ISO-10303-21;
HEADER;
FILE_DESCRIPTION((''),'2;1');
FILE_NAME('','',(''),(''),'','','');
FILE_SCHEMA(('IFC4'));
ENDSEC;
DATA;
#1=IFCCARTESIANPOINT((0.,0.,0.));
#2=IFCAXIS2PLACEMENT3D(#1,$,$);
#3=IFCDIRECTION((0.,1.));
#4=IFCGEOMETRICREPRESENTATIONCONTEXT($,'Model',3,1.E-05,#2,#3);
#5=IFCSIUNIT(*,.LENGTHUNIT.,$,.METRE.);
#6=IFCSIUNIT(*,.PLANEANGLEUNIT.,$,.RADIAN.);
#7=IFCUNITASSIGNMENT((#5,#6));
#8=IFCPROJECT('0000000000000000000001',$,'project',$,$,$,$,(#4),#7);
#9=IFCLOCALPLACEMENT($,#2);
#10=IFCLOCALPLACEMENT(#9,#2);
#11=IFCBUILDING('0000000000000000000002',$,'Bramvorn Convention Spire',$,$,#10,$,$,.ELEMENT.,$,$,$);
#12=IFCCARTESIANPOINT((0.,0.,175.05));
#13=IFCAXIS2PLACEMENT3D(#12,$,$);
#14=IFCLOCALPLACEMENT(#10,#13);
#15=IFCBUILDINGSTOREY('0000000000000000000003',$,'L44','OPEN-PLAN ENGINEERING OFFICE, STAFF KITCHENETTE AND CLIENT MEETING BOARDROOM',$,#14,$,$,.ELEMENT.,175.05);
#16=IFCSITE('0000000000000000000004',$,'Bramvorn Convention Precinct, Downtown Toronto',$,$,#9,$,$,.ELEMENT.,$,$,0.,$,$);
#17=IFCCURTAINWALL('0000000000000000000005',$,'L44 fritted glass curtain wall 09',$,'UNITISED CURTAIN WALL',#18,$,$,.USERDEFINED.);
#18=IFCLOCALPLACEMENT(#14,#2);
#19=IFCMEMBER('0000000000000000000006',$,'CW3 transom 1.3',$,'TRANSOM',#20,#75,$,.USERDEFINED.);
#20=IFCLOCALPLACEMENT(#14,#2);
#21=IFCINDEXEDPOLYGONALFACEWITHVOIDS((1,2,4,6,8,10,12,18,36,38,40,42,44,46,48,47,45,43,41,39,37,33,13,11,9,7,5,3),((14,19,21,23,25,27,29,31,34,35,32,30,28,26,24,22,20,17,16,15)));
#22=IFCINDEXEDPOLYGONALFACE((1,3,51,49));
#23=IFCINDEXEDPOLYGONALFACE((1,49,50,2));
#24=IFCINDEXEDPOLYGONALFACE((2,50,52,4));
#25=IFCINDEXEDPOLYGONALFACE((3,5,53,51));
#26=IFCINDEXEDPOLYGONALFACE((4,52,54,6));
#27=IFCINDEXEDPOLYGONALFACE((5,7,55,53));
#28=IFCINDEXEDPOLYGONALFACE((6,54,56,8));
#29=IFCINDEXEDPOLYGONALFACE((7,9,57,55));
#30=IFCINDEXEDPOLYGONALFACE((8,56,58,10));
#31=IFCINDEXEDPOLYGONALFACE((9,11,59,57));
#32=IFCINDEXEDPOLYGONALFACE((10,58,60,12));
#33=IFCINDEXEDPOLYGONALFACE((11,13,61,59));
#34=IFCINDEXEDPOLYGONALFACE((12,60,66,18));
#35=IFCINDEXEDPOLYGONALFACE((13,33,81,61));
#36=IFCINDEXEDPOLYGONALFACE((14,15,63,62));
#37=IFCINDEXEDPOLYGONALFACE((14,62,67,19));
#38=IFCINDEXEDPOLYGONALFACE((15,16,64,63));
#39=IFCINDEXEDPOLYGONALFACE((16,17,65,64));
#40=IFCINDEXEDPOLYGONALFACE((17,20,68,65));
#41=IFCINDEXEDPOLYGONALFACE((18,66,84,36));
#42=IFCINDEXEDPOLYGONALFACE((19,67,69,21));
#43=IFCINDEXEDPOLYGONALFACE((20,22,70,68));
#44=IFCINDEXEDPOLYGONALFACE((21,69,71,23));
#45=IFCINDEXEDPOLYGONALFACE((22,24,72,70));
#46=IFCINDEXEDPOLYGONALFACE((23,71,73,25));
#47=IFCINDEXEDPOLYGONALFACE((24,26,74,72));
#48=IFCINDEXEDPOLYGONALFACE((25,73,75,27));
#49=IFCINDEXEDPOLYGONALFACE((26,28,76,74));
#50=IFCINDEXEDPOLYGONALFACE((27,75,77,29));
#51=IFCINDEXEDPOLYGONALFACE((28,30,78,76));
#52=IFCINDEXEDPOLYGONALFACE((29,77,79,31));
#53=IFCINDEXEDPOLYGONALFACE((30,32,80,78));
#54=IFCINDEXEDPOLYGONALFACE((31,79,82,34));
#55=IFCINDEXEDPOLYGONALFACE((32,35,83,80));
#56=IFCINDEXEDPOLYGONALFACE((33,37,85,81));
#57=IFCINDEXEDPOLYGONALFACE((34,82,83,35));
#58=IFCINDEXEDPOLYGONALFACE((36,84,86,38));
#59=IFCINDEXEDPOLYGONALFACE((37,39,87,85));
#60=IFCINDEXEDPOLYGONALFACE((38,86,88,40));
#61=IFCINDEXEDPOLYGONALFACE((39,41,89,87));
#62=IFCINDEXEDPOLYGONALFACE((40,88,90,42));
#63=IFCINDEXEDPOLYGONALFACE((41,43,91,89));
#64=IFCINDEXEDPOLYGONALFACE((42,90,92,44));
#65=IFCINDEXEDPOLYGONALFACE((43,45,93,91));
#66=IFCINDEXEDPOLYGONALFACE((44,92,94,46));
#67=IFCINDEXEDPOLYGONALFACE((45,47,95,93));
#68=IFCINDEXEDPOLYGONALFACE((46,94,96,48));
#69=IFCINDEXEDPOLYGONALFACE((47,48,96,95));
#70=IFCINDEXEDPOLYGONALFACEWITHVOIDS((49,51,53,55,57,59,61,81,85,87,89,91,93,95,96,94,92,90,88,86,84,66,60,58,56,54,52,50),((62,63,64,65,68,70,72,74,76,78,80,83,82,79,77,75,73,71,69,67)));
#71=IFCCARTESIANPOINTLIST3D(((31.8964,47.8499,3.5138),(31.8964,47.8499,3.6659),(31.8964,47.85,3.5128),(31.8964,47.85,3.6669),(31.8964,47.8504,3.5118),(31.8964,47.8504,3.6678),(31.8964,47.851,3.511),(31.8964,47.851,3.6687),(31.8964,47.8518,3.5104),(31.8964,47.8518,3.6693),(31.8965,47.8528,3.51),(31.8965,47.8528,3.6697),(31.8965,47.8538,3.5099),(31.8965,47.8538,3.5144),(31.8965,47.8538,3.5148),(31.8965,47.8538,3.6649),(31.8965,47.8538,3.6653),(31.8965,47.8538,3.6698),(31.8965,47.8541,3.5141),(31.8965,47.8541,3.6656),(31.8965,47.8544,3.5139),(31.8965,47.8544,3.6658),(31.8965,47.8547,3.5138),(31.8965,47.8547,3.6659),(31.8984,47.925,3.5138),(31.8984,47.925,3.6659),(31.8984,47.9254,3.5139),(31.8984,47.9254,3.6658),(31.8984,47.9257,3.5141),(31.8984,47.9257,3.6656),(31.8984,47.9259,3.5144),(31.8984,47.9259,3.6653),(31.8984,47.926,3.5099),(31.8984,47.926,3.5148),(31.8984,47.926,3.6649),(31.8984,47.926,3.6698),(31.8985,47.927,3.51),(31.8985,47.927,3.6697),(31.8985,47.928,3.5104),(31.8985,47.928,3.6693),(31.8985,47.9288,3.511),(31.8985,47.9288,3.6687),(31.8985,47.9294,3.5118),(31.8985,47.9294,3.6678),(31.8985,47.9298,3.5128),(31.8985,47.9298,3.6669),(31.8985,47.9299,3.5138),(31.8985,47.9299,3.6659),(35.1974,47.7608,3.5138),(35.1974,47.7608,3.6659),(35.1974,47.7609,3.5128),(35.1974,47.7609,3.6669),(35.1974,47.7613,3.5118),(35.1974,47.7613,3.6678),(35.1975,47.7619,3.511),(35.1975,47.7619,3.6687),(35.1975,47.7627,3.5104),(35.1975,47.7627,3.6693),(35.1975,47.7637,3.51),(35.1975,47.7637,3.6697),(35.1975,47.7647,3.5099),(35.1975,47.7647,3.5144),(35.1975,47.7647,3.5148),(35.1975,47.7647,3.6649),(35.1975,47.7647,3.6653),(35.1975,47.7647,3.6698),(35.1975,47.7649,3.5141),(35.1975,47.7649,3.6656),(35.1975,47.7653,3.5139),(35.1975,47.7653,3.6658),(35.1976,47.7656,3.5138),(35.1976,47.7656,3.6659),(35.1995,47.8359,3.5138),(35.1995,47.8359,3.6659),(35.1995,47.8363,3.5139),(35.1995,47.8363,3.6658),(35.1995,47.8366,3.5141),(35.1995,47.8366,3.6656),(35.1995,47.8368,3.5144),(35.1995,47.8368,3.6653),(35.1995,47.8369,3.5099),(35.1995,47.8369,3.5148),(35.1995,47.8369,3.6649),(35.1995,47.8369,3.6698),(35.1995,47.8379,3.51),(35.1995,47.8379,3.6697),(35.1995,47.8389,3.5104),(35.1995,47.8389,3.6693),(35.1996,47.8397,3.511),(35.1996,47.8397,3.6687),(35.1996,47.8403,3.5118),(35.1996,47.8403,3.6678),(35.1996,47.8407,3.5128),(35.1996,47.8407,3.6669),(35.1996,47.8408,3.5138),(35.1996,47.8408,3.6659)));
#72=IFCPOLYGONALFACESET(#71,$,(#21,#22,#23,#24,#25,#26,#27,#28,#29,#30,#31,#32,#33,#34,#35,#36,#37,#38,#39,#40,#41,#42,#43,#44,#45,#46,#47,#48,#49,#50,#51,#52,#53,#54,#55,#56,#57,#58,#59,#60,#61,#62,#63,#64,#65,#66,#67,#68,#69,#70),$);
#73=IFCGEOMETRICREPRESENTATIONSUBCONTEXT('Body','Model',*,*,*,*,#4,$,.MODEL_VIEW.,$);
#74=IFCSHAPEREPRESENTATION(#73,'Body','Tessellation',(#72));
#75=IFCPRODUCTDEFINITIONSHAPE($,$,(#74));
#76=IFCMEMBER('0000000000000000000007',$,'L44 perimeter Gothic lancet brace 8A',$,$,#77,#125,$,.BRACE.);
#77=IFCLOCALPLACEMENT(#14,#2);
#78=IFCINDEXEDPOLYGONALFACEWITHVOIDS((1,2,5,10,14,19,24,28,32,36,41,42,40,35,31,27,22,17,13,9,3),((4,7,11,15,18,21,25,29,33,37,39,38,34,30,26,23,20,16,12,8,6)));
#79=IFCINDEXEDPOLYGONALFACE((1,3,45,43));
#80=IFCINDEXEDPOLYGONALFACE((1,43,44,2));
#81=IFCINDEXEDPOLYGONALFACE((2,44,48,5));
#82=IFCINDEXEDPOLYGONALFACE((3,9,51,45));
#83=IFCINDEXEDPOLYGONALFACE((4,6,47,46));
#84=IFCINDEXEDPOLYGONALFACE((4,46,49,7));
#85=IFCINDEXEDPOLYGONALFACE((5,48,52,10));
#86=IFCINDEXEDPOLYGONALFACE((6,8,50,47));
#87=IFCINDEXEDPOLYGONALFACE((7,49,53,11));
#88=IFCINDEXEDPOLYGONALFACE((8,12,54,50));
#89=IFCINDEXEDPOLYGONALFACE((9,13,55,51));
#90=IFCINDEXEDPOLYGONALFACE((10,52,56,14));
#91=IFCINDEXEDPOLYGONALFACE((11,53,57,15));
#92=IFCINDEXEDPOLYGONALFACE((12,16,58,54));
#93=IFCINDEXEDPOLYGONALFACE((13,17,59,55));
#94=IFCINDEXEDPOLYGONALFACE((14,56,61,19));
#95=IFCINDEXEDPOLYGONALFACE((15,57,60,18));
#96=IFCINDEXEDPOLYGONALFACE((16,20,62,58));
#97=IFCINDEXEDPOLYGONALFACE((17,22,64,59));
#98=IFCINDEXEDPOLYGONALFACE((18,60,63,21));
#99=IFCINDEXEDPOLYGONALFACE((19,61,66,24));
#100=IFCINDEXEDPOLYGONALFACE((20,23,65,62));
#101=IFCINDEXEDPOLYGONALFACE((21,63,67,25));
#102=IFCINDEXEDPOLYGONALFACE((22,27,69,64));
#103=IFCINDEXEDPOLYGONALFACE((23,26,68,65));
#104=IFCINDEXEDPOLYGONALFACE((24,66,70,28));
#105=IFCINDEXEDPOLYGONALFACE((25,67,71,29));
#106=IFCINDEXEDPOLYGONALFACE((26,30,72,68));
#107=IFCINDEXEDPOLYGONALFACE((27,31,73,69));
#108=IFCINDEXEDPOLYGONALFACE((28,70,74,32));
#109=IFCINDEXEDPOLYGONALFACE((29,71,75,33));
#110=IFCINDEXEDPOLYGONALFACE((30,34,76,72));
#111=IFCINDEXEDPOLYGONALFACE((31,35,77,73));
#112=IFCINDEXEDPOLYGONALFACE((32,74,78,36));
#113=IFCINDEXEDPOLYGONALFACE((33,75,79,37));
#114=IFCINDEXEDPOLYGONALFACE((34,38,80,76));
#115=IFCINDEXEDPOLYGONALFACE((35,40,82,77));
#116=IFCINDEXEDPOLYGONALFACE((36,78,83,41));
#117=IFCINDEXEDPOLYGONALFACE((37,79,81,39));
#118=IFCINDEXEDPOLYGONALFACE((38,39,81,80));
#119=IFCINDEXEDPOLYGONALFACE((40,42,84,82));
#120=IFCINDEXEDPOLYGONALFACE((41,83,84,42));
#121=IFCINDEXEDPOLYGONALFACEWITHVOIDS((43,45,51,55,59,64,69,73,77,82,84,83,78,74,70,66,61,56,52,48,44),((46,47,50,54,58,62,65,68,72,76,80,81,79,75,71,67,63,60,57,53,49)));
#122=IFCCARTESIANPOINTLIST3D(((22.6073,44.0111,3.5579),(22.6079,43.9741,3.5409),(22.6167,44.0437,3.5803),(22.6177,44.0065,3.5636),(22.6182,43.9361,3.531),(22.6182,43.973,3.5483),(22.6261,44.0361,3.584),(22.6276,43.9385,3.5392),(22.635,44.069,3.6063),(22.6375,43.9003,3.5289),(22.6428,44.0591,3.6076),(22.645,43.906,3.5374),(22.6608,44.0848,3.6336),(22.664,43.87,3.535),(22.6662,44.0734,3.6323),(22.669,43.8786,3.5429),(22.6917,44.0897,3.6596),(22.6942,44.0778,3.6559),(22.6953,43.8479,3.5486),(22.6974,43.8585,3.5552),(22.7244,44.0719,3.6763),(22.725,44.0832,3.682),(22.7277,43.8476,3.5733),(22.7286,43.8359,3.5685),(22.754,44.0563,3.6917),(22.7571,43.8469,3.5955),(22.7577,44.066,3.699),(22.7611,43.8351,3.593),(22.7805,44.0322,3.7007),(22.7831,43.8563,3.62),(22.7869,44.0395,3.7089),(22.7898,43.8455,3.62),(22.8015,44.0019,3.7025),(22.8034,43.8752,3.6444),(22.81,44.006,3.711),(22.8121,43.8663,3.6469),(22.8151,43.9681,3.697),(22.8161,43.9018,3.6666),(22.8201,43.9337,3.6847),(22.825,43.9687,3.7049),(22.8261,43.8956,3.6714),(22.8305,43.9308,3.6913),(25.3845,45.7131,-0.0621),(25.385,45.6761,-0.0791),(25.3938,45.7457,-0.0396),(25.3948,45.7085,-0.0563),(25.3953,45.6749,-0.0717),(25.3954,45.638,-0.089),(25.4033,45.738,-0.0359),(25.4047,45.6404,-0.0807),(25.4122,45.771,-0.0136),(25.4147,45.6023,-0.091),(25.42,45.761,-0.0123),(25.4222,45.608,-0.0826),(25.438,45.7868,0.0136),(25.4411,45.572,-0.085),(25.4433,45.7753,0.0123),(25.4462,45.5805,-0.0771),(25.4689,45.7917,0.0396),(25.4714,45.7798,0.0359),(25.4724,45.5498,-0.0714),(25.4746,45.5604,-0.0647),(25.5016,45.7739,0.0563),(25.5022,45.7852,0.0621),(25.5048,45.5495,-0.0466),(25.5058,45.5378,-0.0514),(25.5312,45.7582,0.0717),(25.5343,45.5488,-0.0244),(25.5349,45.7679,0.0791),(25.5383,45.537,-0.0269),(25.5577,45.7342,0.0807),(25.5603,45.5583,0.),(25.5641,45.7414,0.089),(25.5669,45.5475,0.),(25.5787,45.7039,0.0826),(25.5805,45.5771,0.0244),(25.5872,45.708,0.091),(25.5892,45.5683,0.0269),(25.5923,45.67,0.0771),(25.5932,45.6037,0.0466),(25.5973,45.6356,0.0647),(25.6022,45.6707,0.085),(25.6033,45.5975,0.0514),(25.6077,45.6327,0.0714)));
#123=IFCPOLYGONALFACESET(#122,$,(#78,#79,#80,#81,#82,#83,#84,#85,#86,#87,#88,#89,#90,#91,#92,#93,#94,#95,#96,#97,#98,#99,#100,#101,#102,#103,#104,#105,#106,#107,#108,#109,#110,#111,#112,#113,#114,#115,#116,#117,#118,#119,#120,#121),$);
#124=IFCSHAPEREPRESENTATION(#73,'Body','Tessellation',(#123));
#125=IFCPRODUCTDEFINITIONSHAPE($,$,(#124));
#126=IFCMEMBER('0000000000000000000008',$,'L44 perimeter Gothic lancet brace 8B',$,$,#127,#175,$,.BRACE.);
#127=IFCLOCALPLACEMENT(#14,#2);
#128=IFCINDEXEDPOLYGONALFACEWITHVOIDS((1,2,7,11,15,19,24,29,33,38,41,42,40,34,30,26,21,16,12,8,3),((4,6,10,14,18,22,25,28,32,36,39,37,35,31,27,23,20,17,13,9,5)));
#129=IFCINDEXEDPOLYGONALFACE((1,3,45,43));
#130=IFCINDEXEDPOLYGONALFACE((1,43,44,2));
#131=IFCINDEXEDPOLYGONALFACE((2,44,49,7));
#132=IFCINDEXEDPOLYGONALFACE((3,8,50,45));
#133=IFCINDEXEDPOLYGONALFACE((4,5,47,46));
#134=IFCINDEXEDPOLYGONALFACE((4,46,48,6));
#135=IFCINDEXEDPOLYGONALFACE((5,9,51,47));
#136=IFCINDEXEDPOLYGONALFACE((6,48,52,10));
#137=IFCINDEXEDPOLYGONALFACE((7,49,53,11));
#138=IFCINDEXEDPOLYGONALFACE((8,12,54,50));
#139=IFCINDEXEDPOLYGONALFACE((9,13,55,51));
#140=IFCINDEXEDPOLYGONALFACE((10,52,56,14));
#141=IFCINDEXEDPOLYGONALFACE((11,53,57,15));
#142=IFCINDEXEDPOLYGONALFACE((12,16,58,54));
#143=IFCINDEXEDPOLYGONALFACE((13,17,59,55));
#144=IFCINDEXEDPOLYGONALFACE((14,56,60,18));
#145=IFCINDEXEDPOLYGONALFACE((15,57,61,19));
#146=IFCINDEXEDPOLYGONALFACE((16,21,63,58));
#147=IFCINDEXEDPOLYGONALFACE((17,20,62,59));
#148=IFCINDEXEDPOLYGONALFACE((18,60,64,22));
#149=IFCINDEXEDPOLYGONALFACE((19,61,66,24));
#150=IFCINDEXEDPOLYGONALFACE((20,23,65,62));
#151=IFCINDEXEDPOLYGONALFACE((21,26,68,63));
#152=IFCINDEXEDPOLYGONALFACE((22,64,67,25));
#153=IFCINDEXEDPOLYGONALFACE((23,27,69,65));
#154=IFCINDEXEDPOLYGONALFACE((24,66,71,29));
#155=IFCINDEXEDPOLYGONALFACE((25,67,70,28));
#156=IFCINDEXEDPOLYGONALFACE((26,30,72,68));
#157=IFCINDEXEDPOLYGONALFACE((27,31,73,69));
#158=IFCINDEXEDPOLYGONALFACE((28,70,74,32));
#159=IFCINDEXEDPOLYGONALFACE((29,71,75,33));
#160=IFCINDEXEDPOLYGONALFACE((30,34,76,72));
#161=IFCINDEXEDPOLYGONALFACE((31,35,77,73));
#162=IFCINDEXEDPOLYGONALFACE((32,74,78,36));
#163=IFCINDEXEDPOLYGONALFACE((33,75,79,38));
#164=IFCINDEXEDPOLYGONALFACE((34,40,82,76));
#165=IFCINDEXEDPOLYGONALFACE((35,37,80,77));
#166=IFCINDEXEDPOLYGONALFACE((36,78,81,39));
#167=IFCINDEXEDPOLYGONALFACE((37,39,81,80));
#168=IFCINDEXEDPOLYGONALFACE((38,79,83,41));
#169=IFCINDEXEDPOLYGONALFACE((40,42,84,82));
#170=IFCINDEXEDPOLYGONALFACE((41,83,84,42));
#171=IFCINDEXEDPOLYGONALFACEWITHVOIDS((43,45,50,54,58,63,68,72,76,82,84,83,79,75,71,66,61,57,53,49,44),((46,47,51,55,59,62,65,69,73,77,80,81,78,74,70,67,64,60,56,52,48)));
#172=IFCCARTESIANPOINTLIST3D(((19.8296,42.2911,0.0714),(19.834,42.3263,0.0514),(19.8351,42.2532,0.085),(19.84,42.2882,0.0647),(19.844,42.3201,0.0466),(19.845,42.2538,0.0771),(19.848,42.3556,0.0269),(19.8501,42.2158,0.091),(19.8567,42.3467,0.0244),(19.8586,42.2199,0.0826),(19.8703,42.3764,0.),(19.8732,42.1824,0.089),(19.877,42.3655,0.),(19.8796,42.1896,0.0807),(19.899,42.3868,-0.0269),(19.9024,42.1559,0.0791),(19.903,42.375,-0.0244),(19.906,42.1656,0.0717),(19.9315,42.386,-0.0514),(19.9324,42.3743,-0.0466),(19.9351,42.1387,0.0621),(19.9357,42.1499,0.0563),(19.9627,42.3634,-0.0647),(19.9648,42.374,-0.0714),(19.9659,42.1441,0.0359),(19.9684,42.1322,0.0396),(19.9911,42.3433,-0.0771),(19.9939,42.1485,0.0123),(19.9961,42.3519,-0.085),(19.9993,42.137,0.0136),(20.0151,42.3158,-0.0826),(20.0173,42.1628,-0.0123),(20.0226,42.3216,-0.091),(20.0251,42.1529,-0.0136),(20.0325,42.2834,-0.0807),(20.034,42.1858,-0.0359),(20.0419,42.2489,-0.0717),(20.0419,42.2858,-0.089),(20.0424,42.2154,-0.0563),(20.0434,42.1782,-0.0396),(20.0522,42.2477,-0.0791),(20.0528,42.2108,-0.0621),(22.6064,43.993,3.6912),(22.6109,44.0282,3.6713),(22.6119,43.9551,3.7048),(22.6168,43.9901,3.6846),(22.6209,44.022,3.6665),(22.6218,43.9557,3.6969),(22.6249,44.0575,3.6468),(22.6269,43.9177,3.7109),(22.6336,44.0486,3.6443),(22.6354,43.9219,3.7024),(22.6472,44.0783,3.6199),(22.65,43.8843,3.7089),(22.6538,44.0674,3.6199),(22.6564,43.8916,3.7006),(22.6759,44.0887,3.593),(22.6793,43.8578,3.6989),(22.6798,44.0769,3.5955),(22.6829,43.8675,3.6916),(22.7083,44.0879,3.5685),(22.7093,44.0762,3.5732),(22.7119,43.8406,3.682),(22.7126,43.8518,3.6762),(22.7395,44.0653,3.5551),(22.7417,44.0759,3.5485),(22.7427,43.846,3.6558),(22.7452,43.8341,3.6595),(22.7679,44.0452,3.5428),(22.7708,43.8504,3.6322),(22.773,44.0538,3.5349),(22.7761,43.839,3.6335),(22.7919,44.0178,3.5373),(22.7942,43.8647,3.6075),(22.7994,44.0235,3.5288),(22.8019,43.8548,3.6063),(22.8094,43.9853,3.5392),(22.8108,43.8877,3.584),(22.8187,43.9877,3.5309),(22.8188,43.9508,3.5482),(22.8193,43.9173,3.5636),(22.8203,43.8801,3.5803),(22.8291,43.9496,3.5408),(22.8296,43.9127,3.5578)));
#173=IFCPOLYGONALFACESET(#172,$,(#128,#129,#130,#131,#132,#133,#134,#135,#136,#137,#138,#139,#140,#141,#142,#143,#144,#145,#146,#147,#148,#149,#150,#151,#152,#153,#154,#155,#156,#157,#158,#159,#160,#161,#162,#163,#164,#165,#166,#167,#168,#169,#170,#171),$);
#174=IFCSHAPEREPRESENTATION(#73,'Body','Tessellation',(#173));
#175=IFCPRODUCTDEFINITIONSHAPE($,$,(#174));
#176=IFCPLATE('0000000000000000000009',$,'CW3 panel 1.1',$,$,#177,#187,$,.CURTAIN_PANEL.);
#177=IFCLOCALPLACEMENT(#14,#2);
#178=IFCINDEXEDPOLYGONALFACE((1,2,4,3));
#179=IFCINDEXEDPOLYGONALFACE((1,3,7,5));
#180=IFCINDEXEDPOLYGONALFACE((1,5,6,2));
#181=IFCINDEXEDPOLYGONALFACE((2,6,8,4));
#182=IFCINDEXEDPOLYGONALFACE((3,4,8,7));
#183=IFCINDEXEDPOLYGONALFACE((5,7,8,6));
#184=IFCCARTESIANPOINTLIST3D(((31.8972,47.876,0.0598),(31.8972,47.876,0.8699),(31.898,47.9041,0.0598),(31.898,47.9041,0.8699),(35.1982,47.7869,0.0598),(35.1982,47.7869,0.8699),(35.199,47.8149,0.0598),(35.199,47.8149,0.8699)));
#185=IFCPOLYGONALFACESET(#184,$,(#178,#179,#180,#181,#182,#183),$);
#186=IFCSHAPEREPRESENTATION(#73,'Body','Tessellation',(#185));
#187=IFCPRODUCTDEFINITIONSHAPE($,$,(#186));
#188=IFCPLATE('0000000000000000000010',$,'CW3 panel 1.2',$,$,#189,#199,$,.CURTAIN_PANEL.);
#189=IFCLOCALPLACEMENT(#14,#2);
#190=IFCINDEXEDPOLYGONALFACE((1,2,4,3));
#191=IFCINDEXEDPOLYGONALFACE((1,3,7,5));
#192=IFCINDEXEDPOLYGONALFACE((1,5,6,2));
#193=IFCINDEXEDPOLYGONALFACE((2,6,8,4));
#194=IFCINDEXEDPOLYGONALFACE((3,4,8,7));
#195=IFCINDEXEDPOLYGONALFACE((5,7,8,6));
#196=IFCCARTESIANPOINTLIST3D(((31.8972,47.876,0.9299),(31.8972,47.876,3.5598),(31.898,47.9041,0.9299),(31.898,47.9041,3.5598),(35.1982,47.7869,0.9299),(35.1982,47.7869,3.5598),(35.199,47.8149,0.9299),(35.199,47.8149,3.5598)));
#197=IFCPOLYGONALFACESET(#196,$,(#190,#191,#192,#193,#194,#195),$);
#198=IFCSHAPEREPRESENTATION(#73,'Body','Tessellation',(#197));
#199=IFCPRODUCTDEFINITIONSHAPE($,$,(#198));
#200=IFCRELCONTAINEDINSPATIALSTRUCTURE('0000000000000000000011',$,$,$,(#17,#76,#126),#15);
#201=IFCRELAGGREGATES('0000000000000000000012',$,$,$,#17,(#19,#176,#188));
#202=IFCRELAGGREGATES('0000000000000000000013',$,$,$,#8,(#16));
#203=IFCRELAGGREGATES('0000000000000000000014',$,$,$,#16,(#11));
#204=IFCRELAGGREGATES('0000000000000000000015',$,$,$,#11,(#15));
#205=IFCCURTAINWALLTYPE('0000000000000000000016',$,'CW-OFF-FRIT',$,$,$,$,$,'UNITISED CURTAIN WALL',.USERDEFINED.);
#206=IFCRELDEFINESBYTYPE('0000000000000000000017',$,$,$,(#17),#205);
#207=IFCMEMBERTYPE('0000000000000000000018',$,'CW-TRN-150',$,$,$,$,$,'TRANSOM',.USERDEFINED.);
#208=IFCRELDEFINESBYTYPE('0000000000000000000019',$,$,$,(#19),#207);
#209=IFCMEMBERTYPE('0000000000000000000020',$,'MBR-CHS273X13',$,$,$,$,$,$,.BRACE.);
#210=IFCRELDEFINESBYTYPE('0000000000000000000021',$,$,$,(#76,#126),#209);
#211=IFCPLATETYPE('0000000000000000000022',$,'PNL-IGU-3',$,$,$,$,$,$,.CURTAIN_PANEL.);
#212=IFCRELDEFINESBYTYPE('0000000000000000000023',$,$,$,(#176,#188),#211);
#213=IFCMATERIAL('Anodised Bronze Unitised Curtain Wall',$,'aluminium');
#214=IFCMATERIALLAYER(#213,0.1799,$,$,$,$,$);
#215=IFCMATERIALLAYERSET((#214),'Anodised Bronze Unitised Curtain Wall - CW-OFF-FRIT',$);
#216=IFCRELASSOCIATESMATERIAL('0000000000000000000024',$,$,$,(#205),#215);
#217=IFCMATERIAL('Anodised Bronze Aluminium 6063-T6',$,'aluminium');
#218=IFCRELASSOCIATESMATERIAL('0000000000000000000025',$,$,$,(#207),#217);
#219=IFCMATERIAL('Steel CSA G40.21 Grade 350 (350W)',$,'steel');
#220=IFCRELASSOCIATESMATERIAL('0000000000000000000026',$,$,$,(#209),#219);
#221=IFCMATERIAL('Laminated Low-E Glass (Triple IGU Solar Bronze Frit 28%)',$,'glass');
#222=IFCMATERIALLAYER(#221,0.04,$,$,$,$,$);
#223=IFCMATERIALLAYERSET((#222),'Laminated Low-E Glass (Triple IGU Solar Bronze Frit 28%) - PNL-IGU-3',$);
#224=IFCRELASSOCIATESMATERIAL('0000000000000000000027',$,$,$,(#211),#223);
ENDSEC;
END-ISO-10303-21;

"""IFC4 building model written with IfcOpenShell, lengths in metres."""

from ifc_helpers import new_model, si_unit, direction, frame, origin, origin_2d, place, context, subcontext, project, spatial, rectangle, hollow_rectangle, hollow_circle, extrude, material, layer, layer_set, material_profile, profile_set, type_object, element, aggregate, save


model = new_model("IFC4")

# Units and contexts
model_context = context("Model", 3, precision=1e-05, world=origin(), true_north=direction((0.0, 1.0)))
body_context = subcontext(model_context, "Body", "Model", "MODEL_VIEW")
ifc_project = project(units=[si_unit("LENGTHUNIT", "METRE"), si_unit("PLANEANGLEUNIT", "RADIAN")], contexts=[model_context])

# Site, building, storey
site_placement = place(None, origin())
site = spatial("IfcSite", under=ifc_project, at=site_placement, Name="Bramvorn Convention Precinct, Downtown Toronto", CompositionType="ELEMENT", RefElevation=0.0)
building_placement = place(site_placement, origin())
building = spatial("IfcBuilding", under=site, at=building_placement, Name="Bramvorn Convention Spire", CompositionType="ELEMENT")
storey_placement = place(building_placement, frame((0.0, 0.0, 175.05)))
storey = spatial("IfcBuildingStorey", under=building, at=storey_placement, Name="L44", Description="OPEN-PLAN ENGINEERING OFFICE, STAFF KITCHENETTE AND CLIENT MEETING BOARDROOM", CompositionType="ELEMENT", Elevation=175.05)

# Shared definitions
ifc_material_1 = material(Name="Steel CSA G40.21 Grade 350 (350W)", Category="steel")

# Curtain wall
ifc_material_2 = material(Name="Anodised Bronze Unitised Curtain Wall", Category="aluminium")
ifc_layer_1 = layer(ifc_material_2, 0.1799)
ifc_layer_set_1 = layer_set([ifc_layer_1], Name="Anodised Bronze Unitised Curtain Wall - CW-OFF-FRIT")
curtain_wall_type = type_object("IfcCurtainWallType", Name="CW-OFF-FRIT", ElementType="UNITISED CURTAIN WALL", PredefinedType="USERDEFINED", material=ifc_layer_set_1)
curtain_wall_1_placement = place(storey_placement, origin())
curtain_wall_1 = element("IfcCurtainWall", 1, at=curtain_wall_1_placement, inside=storey, type_object=curtain_wall_type, Name="L44 fritted glass curtain wall 09", ObjectType="UNITISED CURTAIN WALL", PredefinedType="USERDEFINED")
ifc_material_3 = material(Name="Anodised Bronze Aluminium 6063-T6", Category="aluminium")

# Member
ifc_material_profile_1 = material_profile(ifc_material_3, hollow_rectangle(XDim=0.0801, YDim=0.1599, WallThickness=0.0039, InnerFilletRadius=0.001, OuterFilletRadius=0.0039, at=origin_2d()))
ifc_profile_set_1 = profile_set([ifc_material_profile_1], Name="Anodised Bronze Aluminium 6063-T6 - CWT80X160")
member_type_1 = type_object("IfcMemberType", Name="CW-TRN-150", ElementType="TRANSOM", PredefinedType="USERDEFINED", material=ifc_profile_set_1)
member_1_placement = place(storey_placement, frame((31.8975, 47.8899, 3.5898), z_axis=(0.999636, -0.026985, 0.0), x_axis=(0.026985, 0.999636, 0.0)))
member_1 = element("IfcMember", 2, at=member_1_placement, type_object=member_type_1, Name="CW3 transom 1.3", ObjectType="TRANSOM", PredefinedType="USERDEFINED", context=body_context, shape_type="SweptSolid", body=[
    extrude(hollow_rectangle(XDim=0.0801, YDim=0.1599, WallThickness=0.0039, InnerFilletRadius=0.001, OuterFilletRadius=0.0039, at=origin_2d()), origin(), (0.0, 0.0, 1.0), 3.3022),
])

# Members
ifc_material_profile_2 = material_profile(ifc_material_1, hollow_circle(Radius=0.1365, WallThickness=0.0127, at=origin_2d()))
ifc_profile_set_2 = profile_set([ifc_material_profile_2], Name="Steel CSA G40.21 Grade 350 (350W) - CHS273X13")
member_type_2 = type_object("IfcMemberType", Name="MBR-CHS273X13", PredefinedType="BRACE", material=ifc_profile_set_2)
member_2_placement = place(storey_placement, frame((25.4956, 45.6638, 0.0), z_axis=(-0.570302, -0.349501, 0.743373), x_axis=(0.52252, -0.852627, 0.0)))
element("IfcMember", 3, at=member_2_placement, inside=storey, type_object=member_type_2, Name="L44 perimeter Gothic lancet brace 8A", PredefinedType="BRACE", context=body_context, shape_type="SweptSolid", body=[
    extrude(hollow_circle(Radius=0.1365, WallThickness=0.0127, at=origin_2d()), origin(), (0.0, 0.0, 1.0), 4.8696),
])
member_3_placement = place(storey_placement, frame((19.9417, 42.26, 0.0), z_axis=(0.570269, 0.349511, 0.743395), x_axis=(-0.522553, 0.852607, 0.0)))
element("IfcMember", 4, at=member_3_placement, inside=storey, type_object=member_type_2, Name="L44 perimeter Gothic lancet brace 8B", PredefinedType="BRACE", context=body_context, shape_type="SweptSolid", body=[
    extrude(hollow_circle(Radius=0.1365, WallThickness=0.0127, at=origin_2d()), origin(), (0.0, 0.0, 1.0), 4.8694),
])

# Plates
ifc_material_4 = material(Name="Laminated Low-E Glass (Triple IGU Solar Bronze Frit 28%)", Category="glass")
ifc_layer_2 = layer(ifc_material_4, 0.04)
ifc_layer_set_2 = layer_set([ifc_layer_2], Name="Laminated Low-E Glass (Triple IGU Solar Bronze Frit 28%) - PNL-IGU-3")
plate_type = type_object("IfcPlateType", Name="PNL-IGU-3", PredefinedType="CURTAIN_PANEL", material=ifc_layer_set_2)
plate_1_placement = place(storey_placement, frame((33.5481, 47.8455, 0.0598), z_axis=(0.0, 0.0, 1.0), x_axis=(0.999636, -0.026988, 0.0)))
plate_1 = element("IfcPlate", 5, at=plate_1_placement, type_object=plate_type, Name="CW3 panel 1.1", PredefinedType="CURTAIN_PANEL", context=body_context, shape_type="SweptSolid", body=[
    extrude(rectangle(XDim=3.3022, YDim=0.0281, at=origin_2d()), origin(), (0.0, 0.0, 1.0), 0.8101),
])
plate_2_placement = place(storey_placement, frame((33.5481, 47.8455, 0.9299), z_axis=(0.0, 0.0, 1.0), x_axis=(0.999636, -0.026988, 0.0)))
plate_2 = element("IfcPlate", 6, at=plate_2_placement, type_object=plate_type, Name="CW3 panel 1.2", PredefinedType="CURTAIN_PANEL", context=body_context, shape_type="SweptSolid", body=[
    extrude(rectangle(XDim=3.3022, YDim=0.0281, at=origin_2d()), origin(), (0.0, 0.0, 1.0), 2.6299),
])
aggregate(curtain_wall_1, [member_1, plate_1, plate_2])

save(model, "model.ifc")
